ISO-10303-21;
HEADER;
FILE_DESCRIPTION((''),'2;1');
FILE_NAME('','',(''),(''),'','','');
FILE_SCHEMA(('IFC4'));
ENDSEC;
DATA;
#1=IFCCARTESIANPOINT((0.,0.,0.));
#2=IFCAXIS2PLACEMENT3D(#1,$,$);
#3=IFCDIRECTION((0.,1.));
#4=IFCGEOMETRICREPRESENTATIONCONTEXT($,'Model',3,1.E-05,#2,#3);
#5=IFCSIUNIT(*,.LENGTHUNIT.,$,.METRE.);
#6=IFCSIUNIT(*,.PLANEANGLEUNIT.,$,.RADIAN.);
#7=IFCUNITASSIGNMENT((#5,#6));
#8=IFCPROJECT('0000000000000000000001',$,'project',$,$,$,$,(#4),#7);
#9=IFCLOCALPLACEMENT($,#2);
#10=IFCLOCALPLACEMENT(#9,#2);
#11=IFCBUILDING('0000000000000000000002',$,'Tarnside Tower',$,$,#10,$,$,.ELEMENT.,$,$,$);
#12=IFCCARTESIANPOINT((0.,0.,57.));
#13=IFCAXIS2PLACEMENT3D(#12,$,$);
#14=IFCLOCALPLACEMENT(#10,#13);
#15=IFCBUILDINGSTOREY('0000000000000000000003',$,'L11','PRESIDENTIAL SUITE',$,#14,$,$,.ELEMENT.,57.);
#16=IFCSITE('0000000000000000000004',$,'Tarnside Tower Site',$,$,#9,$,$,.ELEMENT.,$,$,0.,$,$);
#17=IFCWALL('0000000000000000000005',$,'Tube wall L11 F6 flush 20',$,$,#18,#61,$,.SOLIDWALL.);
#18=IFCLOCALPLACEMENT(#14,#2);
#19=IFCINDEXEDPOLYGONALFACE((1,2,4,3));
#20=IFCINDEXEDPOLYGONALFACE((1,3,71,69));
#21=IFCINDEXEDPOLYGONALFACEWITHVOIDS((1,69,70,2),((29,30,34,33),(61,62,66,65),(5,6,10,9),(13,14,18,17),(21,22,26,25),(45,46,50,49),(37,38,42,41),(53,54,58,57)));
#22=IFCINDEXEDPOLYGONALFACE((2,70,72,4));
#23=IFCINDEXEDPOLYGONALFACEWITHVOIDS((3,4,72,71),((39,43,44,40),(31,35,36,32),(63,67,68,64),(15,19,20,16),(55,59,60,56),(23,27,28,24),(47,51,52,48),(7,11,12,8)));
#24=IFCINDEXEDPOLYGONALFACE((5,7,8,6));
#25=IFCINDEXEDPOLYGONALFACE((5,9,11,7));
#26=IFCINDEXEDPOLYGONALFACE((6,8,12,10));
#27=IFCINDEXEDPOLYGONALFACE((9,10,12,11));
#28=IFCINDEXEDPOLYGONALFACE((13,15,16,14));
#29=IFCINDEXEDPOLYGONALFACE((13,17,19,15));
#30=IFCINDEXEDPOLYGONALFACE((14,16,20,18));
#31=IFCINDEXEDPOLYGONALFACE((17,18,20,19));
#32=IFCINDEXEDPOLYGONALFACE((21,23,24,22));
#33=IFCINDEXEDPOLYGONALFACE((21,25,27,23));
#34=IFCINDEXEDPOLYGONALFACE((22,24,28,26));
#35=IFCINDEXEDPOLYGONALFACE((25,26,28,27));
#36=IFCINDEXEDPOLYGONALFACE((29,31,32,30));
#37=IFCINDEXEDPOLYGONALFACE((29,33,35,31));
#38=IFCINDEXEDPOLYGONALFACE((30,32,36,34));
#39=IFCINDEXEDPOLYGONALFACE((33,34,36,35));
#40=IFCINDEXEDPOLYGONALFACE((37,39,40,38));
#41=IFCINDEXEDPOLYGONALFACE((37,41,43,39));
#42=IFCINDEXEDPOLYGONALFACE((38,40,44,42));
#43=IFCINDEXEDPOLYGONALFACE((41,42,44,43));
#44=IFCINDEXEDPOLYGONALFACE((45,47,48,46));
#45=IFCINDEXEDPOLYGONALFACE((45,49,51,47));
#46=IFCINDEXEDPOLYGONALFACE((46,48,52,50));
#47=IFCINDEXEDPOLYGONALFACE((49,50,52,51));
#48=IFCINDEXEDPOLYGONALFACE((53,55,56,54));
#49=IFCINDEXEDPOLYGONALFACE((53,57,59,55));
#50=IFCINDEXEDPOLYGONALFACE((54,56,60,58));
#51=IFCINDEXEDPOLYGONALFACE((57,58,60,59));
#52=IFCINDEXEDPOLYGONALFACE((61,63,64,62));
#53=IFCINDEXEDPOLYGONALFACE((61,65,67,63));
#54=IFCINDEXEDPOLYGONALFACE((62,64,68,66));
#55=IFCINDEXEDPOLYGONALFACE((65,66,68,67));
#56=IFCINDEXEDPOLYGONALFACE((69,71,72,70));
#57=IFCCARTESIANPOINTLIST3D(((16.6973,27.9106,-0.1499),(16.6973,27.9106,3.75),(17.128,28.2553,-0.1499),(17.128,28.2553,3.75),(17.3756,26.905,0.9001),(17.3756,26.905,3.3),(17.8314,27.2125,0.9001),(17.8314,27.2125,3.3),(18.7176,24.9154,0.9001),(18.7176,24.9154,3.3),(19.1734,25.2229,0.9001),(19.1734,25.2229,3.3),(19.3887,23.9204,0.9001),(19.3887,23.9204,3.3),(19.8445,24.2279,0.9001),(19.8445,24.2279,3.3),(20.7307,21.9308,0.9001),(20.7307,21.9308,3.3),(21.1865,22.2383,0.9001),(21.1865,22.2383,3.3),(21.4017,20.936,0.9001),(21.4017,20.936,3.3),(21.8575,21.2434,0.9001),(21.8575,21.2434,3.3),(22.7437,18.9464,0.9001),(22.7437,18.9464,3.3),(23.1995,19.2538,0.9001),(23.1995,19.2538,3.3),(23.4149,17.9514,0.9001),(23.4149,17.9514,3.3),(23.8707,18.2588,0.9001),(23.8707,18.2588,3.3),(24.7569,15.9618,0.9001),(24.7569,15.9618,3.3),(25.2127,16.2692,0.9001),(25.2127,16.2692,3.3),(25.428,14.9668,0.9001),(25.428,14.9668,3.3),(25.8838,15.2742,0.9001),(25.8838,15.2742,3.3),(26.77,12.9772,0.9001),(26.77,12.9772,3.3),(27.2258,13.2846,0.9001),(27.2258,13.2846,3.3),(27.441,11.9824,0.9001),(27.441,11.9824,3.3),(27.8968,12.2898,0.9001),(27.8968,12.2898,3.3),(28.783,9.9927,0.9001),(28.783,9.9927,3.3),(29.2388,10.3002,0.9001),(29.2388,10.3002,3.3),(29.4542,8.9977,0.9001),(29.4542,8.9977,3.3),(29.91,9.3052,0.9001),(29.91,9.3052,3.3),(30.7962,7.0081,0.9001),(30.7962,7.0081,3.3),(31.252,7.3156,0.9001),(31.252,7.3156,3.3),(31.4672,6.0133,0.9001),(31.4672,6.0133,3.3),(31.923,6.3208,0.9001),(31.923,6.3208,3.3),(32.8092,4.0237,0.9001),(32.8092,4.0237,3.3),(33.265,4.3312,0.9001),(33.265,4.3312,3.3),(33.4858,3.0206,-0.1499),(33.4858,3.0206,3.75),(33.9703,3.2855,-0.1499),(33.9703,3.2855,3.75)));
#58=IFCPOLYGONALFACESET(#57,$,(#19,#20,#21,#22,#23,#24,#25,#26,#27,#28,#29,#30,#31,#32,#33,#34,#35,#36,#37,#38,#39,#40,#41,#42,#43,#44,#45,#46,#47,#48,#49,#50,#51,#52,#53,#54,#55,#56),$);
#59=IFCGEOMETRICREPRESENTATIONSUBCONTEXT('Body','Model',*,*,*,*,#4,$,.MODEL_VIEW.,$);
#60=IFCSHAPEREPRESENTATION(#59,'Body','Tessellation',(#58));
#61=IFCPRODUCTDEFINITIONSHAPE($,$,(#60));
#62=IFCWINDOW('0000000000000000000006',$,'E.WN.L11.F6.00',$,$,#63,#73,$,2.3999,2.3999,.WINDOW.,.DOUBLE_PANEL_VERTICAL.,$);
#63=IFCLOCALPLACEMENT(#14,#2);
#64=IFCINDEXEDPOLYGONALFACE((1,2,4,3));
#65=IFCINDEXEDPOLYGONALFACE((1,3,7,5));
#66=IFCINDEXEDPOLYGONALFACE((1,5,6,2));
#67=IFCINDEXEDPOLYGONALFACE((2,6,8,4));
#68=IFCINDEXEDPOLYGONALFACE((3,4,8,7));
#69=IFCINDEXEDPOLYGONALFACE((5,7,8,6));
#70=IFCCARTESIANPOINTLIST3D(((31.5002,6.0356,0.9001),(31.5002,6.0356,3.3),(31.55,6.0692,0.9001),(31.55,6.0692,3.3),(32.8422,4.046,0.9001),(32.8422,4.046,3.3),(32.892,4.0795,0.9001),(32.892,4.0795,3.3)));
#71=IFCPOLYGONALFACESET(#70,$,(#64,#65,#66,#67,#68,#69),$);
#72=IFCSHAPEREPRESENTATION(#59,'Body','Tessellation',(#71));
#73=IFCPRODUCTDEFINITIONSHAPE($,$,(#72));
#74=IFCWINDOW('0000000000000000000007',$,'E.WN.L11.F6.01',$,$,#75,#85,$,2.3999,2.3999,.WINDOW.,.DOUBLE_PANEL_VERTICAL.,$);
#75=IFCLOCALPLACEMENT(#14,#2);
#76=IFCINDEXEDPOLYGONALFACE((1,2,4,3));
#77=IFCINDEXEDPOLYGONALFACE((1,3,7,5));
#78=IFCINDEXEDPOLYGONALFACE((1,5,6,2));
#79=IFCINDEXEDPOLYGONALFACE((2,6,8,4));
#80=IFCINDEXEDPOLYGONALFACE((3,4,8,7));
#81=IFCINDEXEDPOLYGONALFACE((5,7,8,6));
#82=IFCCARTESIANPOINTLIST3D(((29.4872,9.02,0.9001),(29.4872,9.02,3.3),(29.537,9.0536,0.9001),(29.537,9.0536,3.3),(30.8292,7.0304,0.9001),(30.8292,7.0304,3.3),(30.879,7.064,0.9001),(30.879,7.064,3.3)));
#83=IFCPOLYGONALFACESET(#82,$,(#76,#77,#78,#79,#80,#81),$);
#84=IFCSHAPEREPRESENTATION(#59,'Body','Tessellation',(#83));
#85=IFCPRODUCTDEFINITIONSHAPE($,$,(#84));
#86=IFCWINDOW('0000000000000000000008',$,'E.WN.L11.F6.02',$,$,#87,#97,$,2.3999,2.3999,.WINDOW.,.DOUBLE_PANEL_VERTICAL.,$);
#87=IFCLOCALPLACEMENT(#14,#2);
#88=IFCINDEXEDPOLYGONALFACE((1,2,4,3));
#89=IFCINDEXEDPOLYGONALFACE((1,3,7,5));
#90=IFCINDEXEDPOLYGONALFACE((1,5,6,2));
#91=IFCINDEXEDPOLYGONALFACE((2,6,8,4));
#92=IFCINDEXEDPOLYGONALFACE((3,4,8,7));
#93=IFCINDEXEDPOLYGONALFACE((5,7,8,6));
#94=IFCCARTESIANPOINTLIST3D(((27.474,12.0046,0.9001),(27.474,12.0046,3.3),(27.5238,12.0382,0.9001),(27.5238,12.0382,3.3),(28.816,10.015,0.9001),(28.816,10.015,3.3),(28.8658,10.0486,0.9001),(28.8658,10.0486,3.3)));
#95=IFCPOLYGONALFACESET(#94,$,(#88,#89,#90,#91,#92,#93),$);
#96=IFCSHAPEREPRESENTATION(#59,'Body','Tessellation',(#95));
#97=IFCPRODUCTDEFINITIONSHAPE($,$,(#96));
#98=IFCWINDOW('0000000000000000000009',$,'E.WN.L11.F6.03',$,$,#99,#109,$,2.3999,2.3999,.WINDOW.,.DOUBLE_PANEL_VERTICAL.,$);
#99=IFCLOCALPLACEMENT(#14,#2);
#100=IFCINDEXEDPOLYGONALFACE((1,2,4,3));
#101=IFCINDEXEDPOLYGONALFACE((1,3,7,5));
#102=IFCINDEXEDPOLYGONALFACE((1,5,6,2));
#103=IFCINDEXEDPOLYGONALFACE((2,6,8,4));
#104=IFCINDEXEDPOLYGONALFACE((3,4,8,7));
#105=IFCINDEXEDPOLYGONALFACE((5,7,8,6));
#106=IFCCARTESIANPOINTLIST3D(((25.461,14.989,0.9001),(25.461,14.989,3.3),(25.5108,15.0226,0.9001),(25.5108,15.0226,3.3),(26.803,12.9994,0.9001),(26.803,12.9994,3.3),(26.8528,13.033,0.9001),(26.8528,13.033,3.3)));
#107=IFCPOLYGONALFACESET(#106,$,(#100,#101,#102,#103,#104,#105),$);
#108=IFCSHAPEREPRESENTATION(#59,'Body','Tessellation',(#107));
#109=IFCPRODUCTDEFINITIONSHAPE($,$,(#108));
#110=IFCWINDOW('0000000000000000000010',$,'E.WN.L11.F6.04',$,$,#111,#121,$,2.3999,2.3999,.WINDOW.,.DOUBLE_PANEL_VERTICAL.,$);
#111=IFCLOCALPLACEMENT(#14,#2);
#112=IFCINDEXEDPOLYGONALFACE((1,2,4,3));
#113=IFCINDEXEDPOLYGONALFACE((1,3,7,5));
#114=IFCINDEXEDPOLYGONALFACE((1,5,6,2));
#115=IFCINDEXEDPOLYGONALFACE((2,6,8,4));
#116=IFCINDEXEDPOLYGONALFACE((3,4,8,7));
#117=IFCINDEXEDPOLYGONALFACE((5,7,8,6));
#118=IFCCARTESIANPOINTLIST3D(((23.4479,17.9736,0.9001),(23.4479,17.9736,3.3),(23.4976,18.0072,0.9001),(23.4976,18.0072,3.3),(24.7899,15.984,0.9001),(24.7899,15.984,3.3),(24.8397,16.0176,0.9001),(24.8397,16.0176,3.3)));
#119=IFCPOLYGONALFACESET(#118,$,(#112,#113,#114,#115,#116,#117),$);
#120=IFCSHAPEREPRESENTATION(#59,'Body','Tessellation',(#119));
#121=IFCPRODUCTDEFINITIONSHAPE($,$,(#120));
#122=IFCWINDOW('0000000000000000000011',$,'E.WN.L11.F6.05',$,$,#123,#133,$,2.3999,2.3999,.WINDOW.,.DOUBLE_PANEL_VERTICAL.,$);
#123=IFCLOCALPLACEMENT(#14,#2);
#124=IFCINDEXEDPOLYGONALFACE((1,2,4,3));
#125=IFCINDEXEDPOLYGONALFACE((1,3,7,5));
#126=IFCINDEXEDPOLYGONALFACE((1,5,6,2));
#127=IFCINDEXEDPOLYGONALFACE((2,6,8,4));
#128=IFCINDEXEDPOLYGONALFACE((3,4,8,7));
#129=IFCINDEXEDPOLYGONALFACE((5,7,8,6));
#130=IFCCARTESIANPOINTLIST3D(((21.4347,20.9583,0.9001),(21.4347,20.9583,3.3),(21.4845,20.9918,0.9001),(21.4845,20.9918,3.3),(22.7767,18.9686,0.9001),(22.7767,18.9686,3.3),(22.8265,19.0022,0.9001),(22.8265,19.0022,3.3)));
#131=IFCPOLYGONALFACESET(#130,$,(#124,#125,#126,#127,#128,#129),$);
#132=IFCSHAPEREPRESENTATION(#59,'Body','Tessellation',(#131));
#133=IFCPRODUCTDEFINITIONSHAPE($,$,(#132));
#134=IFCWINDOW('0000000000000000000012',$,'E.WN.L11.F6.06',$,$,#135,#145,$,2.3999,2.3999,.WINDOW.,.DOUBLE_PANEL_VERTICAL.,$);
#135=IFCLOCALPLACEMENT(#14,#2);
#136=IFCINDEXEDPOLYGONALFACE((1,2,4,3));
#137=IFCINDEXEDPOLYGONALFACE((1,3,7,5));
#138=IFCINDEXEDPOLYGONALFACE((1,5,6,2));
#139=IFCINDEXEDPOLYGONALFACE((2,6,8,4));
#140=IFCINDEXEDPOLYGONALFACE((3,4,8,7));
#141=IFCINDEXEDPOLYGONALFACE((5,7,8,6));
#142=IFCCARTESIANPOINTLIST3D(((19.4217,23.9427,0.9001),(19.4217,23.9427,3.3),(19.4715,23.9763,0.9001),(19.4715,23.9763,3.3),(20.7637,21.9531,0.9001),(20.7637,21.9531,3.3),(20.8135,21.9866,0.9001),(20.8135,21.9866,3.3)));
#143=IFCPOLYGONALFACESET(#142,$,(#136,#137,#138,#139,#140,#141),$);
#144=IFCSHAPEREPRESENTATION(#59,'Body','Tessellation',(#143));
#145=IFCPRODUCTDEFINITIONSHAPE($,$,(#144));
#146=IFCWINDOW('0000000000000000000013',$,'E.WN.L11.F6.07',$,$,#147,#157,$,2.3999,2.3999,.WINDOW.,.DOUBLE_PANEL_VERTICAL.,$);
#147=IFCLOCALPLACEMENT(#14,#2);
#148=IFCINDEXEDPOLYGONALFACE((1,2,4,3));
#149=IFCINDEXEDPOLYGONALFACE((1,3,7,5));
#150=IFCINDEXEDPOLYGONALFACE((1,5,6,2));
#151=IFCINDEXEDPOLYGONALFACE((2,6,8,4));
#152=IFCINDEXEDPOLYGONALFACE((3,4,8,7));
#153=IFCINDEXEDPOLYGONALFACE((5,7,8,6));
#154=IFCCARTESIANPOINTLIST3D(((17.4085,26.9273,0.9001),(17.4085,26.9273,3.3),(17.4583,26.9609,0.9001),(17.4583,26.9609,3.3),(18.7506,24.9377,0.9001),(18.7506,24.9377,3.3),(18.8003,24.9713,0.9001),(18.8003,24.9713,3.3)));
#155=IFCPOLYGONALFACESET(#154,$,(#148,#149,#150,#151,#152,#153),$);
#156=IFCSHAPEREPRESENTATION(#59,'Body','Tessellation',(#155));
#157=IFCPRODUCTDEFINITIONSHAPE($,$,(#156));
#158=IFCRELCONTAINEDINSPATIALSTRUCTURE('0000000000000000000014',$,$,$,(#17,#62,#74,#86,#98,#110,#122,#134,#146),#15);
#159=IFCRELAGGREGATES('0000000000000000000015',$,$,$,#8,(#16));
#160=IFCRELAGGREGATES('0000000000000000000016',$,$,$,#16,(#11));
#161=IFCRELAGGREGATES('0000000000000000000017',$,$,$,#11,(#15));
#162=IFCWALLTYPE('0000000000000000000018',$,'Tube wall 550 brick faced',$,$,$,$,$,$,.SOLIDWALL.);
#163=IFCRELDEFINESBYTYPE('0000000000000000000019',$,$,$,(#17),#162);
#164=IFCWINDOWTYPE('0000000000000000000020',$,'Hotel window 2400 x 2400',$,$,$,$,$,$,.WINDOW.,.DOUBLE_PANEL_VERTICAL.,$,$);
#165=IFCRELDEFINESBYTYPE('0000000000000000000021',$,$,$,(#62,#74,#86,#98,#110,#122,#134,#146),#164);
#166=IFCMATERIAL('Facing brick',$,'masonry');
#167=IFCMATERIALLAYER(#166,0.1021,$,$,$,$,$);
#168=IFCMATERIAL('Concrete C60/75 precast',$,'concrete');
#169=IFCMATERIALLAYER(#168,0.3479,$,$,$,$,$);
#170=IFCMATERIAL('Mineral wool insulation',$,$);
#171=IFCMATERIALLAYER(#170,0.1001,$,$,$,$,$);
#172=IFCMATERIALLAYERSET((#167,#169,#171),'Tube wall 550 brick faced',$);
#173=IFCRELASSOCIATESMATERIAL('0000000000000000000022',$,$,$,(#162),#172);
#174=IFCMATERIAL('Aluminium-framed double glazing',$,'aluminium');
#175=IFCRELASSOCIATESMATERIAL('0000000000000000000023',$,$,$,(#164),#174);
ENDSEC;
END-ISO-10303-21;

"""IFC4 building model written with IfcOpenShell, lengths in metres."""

from ifc_helpers import new_model, si_unit, direction, frame, frame_2d, origin, place, context, subcontext, project, spatial, polyline, rectangle, outline, extrude, material, layer, layer_set, type_object, element, fill, save


model = new_model("IFC4")

# Units and contexts
model_context = context("Model", 3, precision=1e-05, world=origin(), true_north=direction((0.0, 1.0)))
body_context = subcontext(model_context, "Body", "Model", "MODEL_VIEW")
ifc_project = project(units=[si_unit("LENGTHUNIT", "METRE"), si_unit("PLANEANGLEUNIT", "RADIAN")], contexts=[model_context])

# Site, building, storey
site_placement = place(None, origin())
site = spatial("IfcSite", under=ifc_project, at=site_placement, Name="Tarnside Tower Site", CompositionType="ELEMENT", RefElevation=0.0)
building_placement = place(site_placement, origin())
building = spatial("IfcBuilding", under=site, at=building_placement, Name="Tarnside Tower", CompositionType="ELEMENT")
storey_placement = place(building_placement, frame((0.0, 0.0, 57.0)))
storey = spatial("IfcBuildingStorey", under=building, at=storey_placement, Name="L11", Description="PRESIDENTIAL SUITE", CompositionType="ELEMENT", Elevation=57.0)

# Shared definitions
ifc_material_1 = material(Name="Facing brick", Category="masonry")
ifc_layer_1 = layer(ifc_material_1, 0.1021)
ifc_material_2 = material(Name="Concrete C60/75 precast", Category="concrete")
ifc_layer_2 = layer(ifc_material_2, 0.3479)
ifc_material_3 = material(Name="Mineral wool insulation")
ifc_layer_3 = layer(ifc_material_3, 0.1001)
ifc_layer_set_1 = layer_set([ifc_layer_1, ifc_layer_2, ifc_layer_3], Name="Tube wall 550 brick faced")
wall_type_1 = type_object("IfcWallType", Name="Tube wall 550 brick faced", PredefinedType="SOLIDWALL", material=ifc_layer_set_1)

# Wall, openings, windows
wall_1_placement = place(storey_placement, frame((33.728, 3.1531, -0.1499), z_axis=(0.0, 0.0, 1.0), x_axis=(-0.559192, 0.829038, 0.0)))
wall_1 = element("IfcWall", 1, at=wall_1_placement, inside=storey, type_object=wall_type_1, Name="Tube wall L11 F6 flush 20", PredefinedType="SOLIDWALL", context=body_context, shape_type="SweptSolid", body=[
    extrude(outline(polyline([(-0.0256, -0.2749), (30.0933, -0.2749), (30.0483, 0.2749), (0.0256, 0.2749), (-0.0256, -0.2749)])), origin(), (0.0, 0.0, 1.0), 3.8999),
])
opening_1_placement = place(wall_1_placement, frame((1.2356, 0.0, 1.05)))
opening_1 = element("IfcOpeningElement", 2, at=opening_1_placement, cuts=wall_1, PredefinedType="OPENING", context=body_context, shape_type="SweptSolid", body=[
    extrude(rectangle(XDim=2.3999, YDim=2.3999, at=frame_2d((1.2, 1.2))), frame((0.0, 0.2852, 0.0), z_axis=(0.0, -1.0, 0.0), x_axis=(1.0, 0.0, 0.0)), (0.0, 0.0, 1.0), 0.5701),
])
opening_2_placement = place(wall_1_placement, frame((4.8354, 0.0, 1.05)))
opening_2 = element("IfcOpeningElement", 3, at=opening_2_placement, cuts=wall_1, PredefinedType="OPENING", context=body_context, shape_type="SweptSolid", body=[
    extrude(rectangle(XDim=2.3999, YDim=2.3999, at=frame_2d((1.2, 1.2))), frame((0.0, 0.2852, 0.0), z_axis=(0.0, -1.0, 0.0), x_axis=(1.0, 0.0, 0.0)), (0.0, 0.0, 1.0), 0.5701),
])
opening_3_placement = place(wall_1_placement, frame((8.4355, 0.0, 1.05)))
opening_3 = element("IfcOpeningElement", 4, at=opening_3_placement, cuts=wall_1, PredefinedType="OPENING", context=body_context, shape_type="SweptSolid", body=[
    extrude(rectangle(XDim=2.3999, YDim=2.3999, at=frame_2d((1.2, 1.2))), frame((0.0, 0.2852, 0.0), z_axis=(0.0, -1.0, 0.0), x_axis=(1.0, 0.0, 0.0)), (0.0, 0.0, 1.0), 0.5701),
])
opening_4_placement = place(wall_1_placement, frame((12.0354, 0.0, 1.05)))
opening_4 = element("IfcOpeningElement", 5, at=opening_4_placement, cuts=wall_1, PredefinedType="OPENING", context=body_context, shape_type="SweptSolid", body=[
    extrude(rectangle(XDim=2.3999, YDim=2.3999, at=frame_2d((1.2, 1.2))), frame((0.0, 0.2852, 0.0), z_axis=(0.0, -1.0, 0.0), x_axis=(1.0, 0.0, 0.0)), (0.0, 0.0, 1.0), 0.5701),
])
opening_5_placement = place(wall_1_placement, frame((15.6355, 0.0, 1.05)))
opening_5 = element("IfcOpeningElement", 6, at=opening_5_placement, cuts=wall_1, PredefinedType="OPENING", context=body_context, shape_type="SweptSolid", body=[
    extrude(rectangle(XDim=2.3999, YDim=2.3999, at=frame_2d((1.2, 1.2))), frame((0.0, 0.2852, 0.0), z_axis=(0.0, -1.0, 0.0), x_axis=(1.0, 0.0, 0.0)), (0.0, 0.0, 1.0), 0.5701),
])
opening_6_placement = place(wall_1_placement, frame((19.2356, 0.0, 1.05)))
opening_6 = element("IfcOpeningElement", 7, at=opening_6_placement, cuts=wall_1, PredefinedType="OPENING", context=body_context, shape_type="SweptSolid", body=[
    extrude(rectangle(XDim=2.3999, YDim=2.3999, at=frame_2d((1.2, 1.2))), frame((0.0, 0.2852, 0.0), z_axis=(0.0, -1.0, 0.0), x_axis=(1.0, 0.0, 0.0)), (0.0, 0.0, 1.0), 0.5701),
])
opening_7_placement = place(wall_1_placement, frame((22.8354, 0.0, 1.05)))
opening_7 = element("IfcOpeningElement", 8, at=opening_7_placement, cuts=wall_1, PredefinedType="OPENING", context=body_context, shape_type="SweptSolid", body=[
    extrude(rectangle(XDim=2.3999, YDim=2.3999, at=frame_2d((1.2, 1.2))), frame((0.0, 0.2852, 0.0), z_axis=(0.0, -1.0, 0.0), x_axis=(1.0, 0.0, 0.0)), (0.0, 0.0, 1.0), 0.5701),
])
opening_8_placement = place(wall_1_placement, frame((26.4355, 0.0, 1.05)))
opening_8 = element("IfcOpeningElement", 9, at=opening_8_placement, cuts=wall_1, PredefinedType="OPENING", context=body_context, shape_type="SweptSolid", body=[
    extrude(rectangle(XDim=2.3999, YDim=2.3999, at=frame_2d((1.2, 1.2))), frame((0.0, 0.2852, 0.0), z_axis=(0.0, -1.0, 0.0), x_axis=(1.0, 0.0, 0.0)), (0.0, 0.0, 1.0), 0.5701),
])
ifc_material_4 = material(Name="Aluminium-framed double glazing", Category="aluminium")
window_type = type_object("IfcWindowType", Name="Hotel window 2400 x 2400", PartitioningType="DOUBLE_PANEL_VERTICAL", PredefinedType="WINDOW", material=ifc_material_4)
window_1_placement = place(opening_1_placement, frame((0.0, 0.2051, 0.0)))
window_1 = element("IfcWindow", 10, at=window_1_placement, inside=storey, type_object=window_type, Name="E.WN.L11.F6.00", OverallHeight=2.3999, OverallWidth=2.3999, PartitioningType="DOUBLE_PANEL_VERTICAL", PredefinedType="WINDOW", context=body_context, shape_type="SweptSolid", body=[
    extrude(rectangle(XDim=2.3999, YDim=2.3999, at=frame_2d((1.2, 1.2))), frame((0.0, 0.03, 0.0), z_axis=(0.0, -1.0, 0.0), x_axis=(1.0, 0.0, 0.0)), (0.0, 0.0, 1.0), 0.0601),
])
fill(opening_1, window_1)
window_2_placement = place(opening_2_placement, frame((0.0, 0.2051, 0.0)))
window_2 = element("IfcWindow", 11, at=window_2_placement, inside=storey, type_object=window_type, Name="E.WN.L11.F6.01", OverallHeight=2.3999, OverallWidth=2.3999, PartitioningType="DOUBLE_PANEL_VERTICAL", PredefinedType="WINDOW", context=body_context, shape_type="SweptSolid", body=[
    extrude(rectangle(XDim=2.3999, YDim=2.3999, at=frame_2d((1.2, 1.2))), frame((0.0, 0.03, 0.0), z_axis=(0.0, -1.0, 0.0), x_axis=(1.0, 0.0, 0.0)), (0.0, 0.0, 1.0), 0.0601),
])
fill(opening_2, window_2)
window_3_placement = place(opening_3_placement, frame((0.0, 0.2051, 0.0)))
window_3 = element("IfcWindow", 12, at=window_3_placement, inside=storey, type_object=window_type, Name="E.WN.L11.F6.02", OverallHeight=2.3999, OverallWidth=2.3999, PartitioningType="DOUBLE_PANEL_VERTICAL", PredefinedType="WINDOW", context=body_context, shape_type="SweptSolid", body=[
    extrude(rectangle(XDim=2.3999, YDim=2.3999, at=frame_2d((1.2, 1.2))), frame((0.0, 0.03, 0.0), z_axis=(0.0, -1.0, 0.0), x_axis=(1.0, 0.0, 0.0)), (0.0, 0.0, 1.0), 0.0601),
])
fill(opening_3, window_3)
window_4_placement = place(opening_4_placement, frame((0.0, 0.2051, 0.0)))
window_4 = element("IfcWindow", 13, at=window_4_placement, inside=storey, type_object=window_type, Name="E.WN.L11.F6.03", OverallHeight=2.3999, OverallWidth=2.3999, PartitioningType="DOUBLE_PANEL_VERTICAL", PredefinedType="WINDOW", context=body_context, shape_type="SweptSolid", body=[
    extrude(rectangle(XDim=2.3999, YDim=2.3999, at=frame_2d((1.2, 1.2))), frame((0.0, 0.03, 0.0), z_axis=(0.0, -1.0, 0.0), x_axis=(1.0, 0.0, 0.0)), (0.0, 0.0, 1.0), 0.0601),
])
fill(opening_4, window_4)
window_5_placement = place(opening_5_placement, frame((0.0, 0.2051, 0.0)))
window_5 = element("IfcWindow", 14, at=window_5_placement, inside=storey, type_object=window_type, Name="E.WN.L11.F6.04", OverallHeight=2.3999, OverallWidth=2.3999, PartitioningType="DOUBLE_PANEL_VERTICAL", PredefinedType="WINDOW", context=body_context, shape_type="SweptSolid", body=[
    extrude(rectangle(XDim=2.3999, YDim=2.3999, at=frame_2d((1.2, 1.2))), frame((0.0, 0.03, 0.0), z_axis=(0.0, -1.0, 0.0), x_axis=(1.0, 0.0, 0.0)), (0.0, 0.0, 1.0), 0.0601),
])
fill(opening_5, window_5)
window_6_placement = place(opening_6_placement, frame((0.0, 0.2051, 0.0)))
window_6 = element("IfcWindow", 15, at=window_6_placement, inside=storey, type_object=window_type, Name="E.WN.L11.F6.05", OverallHeight=2.3999, OverallWidth=2.3999, PartitioningType="DOUBLE_PANEL_VERTICAL", PredefinedType="WINDOW", context=body_context, shape_type="SweptSolid", body=[
    extrude(rectangle(XDim=2.3999, YDim=2.3999, at=frame_2d((1.2, 1.2))), frame((0.0, 0.03, 0.0), z_axis=(0.0, -1.0, 0.0), x_axis=(1.0, 0.0, 0.0)), (0.0, 0.0, 1.0), 0.0601),
])
fill(opening_6, window_6)
window_7_placement = place(opening_7_placement, frame((0.0, 0.2051, 0.0)))
window_7 = element("IfcWindow", 16, at=window_7_placement, inside=storey, type_object=window_type, Name="E.WN.L11.F6.06", OverallHeight=2.3999, OverallWidth=2.3999, PartitioningType="DOUBLE_PANEL_VERTICAL", PredefinedType="WINDOW", context=body_context, shape_type="SweptSolid", body=[
    extrude(rectangle(XDim=2.3999, YDim=2.3999, at=frame_2d((1.2, 1.2))), frame((0.0, 0.03, 0.0), z_axis=(0.0, -1.0, 0.0), x_axis=(1.0, 0.0, 0.0)), (0.0, 0.0, 1.0), 0.0601),
])
fill(opening_7, window_7)
window_8_placement = place(opening_8_placement, frame((0.0, 0.2051, 0.0)))
window_8 = element("IfcWindow", 17, at=window_8_placement, inside=storey, type_object=window_type, Name="E.WN.L11.F6.07", OverallHeight=2.3999, OverallWidth=2.3999, PartitioningType="DOUBLE_PANEL_VERTICAL", PredefinedType="WINDOW", context=body_context, shape_type="SweptSolid", body=[
    extrude(rectangle(XDim=2.3999, YDim=2.3999, at=frame_2d((1.2, 1.2))), frame((0.0, 0.03, 0.0), z_axis=(0.0, -1.0, 0.0), x_axis=(1.0, 0.0, 0.0)), (0.0, 0.0, 1.0), 0.0601),
])
fill(opening_8, window_8)

save(model, "model.ifc")
